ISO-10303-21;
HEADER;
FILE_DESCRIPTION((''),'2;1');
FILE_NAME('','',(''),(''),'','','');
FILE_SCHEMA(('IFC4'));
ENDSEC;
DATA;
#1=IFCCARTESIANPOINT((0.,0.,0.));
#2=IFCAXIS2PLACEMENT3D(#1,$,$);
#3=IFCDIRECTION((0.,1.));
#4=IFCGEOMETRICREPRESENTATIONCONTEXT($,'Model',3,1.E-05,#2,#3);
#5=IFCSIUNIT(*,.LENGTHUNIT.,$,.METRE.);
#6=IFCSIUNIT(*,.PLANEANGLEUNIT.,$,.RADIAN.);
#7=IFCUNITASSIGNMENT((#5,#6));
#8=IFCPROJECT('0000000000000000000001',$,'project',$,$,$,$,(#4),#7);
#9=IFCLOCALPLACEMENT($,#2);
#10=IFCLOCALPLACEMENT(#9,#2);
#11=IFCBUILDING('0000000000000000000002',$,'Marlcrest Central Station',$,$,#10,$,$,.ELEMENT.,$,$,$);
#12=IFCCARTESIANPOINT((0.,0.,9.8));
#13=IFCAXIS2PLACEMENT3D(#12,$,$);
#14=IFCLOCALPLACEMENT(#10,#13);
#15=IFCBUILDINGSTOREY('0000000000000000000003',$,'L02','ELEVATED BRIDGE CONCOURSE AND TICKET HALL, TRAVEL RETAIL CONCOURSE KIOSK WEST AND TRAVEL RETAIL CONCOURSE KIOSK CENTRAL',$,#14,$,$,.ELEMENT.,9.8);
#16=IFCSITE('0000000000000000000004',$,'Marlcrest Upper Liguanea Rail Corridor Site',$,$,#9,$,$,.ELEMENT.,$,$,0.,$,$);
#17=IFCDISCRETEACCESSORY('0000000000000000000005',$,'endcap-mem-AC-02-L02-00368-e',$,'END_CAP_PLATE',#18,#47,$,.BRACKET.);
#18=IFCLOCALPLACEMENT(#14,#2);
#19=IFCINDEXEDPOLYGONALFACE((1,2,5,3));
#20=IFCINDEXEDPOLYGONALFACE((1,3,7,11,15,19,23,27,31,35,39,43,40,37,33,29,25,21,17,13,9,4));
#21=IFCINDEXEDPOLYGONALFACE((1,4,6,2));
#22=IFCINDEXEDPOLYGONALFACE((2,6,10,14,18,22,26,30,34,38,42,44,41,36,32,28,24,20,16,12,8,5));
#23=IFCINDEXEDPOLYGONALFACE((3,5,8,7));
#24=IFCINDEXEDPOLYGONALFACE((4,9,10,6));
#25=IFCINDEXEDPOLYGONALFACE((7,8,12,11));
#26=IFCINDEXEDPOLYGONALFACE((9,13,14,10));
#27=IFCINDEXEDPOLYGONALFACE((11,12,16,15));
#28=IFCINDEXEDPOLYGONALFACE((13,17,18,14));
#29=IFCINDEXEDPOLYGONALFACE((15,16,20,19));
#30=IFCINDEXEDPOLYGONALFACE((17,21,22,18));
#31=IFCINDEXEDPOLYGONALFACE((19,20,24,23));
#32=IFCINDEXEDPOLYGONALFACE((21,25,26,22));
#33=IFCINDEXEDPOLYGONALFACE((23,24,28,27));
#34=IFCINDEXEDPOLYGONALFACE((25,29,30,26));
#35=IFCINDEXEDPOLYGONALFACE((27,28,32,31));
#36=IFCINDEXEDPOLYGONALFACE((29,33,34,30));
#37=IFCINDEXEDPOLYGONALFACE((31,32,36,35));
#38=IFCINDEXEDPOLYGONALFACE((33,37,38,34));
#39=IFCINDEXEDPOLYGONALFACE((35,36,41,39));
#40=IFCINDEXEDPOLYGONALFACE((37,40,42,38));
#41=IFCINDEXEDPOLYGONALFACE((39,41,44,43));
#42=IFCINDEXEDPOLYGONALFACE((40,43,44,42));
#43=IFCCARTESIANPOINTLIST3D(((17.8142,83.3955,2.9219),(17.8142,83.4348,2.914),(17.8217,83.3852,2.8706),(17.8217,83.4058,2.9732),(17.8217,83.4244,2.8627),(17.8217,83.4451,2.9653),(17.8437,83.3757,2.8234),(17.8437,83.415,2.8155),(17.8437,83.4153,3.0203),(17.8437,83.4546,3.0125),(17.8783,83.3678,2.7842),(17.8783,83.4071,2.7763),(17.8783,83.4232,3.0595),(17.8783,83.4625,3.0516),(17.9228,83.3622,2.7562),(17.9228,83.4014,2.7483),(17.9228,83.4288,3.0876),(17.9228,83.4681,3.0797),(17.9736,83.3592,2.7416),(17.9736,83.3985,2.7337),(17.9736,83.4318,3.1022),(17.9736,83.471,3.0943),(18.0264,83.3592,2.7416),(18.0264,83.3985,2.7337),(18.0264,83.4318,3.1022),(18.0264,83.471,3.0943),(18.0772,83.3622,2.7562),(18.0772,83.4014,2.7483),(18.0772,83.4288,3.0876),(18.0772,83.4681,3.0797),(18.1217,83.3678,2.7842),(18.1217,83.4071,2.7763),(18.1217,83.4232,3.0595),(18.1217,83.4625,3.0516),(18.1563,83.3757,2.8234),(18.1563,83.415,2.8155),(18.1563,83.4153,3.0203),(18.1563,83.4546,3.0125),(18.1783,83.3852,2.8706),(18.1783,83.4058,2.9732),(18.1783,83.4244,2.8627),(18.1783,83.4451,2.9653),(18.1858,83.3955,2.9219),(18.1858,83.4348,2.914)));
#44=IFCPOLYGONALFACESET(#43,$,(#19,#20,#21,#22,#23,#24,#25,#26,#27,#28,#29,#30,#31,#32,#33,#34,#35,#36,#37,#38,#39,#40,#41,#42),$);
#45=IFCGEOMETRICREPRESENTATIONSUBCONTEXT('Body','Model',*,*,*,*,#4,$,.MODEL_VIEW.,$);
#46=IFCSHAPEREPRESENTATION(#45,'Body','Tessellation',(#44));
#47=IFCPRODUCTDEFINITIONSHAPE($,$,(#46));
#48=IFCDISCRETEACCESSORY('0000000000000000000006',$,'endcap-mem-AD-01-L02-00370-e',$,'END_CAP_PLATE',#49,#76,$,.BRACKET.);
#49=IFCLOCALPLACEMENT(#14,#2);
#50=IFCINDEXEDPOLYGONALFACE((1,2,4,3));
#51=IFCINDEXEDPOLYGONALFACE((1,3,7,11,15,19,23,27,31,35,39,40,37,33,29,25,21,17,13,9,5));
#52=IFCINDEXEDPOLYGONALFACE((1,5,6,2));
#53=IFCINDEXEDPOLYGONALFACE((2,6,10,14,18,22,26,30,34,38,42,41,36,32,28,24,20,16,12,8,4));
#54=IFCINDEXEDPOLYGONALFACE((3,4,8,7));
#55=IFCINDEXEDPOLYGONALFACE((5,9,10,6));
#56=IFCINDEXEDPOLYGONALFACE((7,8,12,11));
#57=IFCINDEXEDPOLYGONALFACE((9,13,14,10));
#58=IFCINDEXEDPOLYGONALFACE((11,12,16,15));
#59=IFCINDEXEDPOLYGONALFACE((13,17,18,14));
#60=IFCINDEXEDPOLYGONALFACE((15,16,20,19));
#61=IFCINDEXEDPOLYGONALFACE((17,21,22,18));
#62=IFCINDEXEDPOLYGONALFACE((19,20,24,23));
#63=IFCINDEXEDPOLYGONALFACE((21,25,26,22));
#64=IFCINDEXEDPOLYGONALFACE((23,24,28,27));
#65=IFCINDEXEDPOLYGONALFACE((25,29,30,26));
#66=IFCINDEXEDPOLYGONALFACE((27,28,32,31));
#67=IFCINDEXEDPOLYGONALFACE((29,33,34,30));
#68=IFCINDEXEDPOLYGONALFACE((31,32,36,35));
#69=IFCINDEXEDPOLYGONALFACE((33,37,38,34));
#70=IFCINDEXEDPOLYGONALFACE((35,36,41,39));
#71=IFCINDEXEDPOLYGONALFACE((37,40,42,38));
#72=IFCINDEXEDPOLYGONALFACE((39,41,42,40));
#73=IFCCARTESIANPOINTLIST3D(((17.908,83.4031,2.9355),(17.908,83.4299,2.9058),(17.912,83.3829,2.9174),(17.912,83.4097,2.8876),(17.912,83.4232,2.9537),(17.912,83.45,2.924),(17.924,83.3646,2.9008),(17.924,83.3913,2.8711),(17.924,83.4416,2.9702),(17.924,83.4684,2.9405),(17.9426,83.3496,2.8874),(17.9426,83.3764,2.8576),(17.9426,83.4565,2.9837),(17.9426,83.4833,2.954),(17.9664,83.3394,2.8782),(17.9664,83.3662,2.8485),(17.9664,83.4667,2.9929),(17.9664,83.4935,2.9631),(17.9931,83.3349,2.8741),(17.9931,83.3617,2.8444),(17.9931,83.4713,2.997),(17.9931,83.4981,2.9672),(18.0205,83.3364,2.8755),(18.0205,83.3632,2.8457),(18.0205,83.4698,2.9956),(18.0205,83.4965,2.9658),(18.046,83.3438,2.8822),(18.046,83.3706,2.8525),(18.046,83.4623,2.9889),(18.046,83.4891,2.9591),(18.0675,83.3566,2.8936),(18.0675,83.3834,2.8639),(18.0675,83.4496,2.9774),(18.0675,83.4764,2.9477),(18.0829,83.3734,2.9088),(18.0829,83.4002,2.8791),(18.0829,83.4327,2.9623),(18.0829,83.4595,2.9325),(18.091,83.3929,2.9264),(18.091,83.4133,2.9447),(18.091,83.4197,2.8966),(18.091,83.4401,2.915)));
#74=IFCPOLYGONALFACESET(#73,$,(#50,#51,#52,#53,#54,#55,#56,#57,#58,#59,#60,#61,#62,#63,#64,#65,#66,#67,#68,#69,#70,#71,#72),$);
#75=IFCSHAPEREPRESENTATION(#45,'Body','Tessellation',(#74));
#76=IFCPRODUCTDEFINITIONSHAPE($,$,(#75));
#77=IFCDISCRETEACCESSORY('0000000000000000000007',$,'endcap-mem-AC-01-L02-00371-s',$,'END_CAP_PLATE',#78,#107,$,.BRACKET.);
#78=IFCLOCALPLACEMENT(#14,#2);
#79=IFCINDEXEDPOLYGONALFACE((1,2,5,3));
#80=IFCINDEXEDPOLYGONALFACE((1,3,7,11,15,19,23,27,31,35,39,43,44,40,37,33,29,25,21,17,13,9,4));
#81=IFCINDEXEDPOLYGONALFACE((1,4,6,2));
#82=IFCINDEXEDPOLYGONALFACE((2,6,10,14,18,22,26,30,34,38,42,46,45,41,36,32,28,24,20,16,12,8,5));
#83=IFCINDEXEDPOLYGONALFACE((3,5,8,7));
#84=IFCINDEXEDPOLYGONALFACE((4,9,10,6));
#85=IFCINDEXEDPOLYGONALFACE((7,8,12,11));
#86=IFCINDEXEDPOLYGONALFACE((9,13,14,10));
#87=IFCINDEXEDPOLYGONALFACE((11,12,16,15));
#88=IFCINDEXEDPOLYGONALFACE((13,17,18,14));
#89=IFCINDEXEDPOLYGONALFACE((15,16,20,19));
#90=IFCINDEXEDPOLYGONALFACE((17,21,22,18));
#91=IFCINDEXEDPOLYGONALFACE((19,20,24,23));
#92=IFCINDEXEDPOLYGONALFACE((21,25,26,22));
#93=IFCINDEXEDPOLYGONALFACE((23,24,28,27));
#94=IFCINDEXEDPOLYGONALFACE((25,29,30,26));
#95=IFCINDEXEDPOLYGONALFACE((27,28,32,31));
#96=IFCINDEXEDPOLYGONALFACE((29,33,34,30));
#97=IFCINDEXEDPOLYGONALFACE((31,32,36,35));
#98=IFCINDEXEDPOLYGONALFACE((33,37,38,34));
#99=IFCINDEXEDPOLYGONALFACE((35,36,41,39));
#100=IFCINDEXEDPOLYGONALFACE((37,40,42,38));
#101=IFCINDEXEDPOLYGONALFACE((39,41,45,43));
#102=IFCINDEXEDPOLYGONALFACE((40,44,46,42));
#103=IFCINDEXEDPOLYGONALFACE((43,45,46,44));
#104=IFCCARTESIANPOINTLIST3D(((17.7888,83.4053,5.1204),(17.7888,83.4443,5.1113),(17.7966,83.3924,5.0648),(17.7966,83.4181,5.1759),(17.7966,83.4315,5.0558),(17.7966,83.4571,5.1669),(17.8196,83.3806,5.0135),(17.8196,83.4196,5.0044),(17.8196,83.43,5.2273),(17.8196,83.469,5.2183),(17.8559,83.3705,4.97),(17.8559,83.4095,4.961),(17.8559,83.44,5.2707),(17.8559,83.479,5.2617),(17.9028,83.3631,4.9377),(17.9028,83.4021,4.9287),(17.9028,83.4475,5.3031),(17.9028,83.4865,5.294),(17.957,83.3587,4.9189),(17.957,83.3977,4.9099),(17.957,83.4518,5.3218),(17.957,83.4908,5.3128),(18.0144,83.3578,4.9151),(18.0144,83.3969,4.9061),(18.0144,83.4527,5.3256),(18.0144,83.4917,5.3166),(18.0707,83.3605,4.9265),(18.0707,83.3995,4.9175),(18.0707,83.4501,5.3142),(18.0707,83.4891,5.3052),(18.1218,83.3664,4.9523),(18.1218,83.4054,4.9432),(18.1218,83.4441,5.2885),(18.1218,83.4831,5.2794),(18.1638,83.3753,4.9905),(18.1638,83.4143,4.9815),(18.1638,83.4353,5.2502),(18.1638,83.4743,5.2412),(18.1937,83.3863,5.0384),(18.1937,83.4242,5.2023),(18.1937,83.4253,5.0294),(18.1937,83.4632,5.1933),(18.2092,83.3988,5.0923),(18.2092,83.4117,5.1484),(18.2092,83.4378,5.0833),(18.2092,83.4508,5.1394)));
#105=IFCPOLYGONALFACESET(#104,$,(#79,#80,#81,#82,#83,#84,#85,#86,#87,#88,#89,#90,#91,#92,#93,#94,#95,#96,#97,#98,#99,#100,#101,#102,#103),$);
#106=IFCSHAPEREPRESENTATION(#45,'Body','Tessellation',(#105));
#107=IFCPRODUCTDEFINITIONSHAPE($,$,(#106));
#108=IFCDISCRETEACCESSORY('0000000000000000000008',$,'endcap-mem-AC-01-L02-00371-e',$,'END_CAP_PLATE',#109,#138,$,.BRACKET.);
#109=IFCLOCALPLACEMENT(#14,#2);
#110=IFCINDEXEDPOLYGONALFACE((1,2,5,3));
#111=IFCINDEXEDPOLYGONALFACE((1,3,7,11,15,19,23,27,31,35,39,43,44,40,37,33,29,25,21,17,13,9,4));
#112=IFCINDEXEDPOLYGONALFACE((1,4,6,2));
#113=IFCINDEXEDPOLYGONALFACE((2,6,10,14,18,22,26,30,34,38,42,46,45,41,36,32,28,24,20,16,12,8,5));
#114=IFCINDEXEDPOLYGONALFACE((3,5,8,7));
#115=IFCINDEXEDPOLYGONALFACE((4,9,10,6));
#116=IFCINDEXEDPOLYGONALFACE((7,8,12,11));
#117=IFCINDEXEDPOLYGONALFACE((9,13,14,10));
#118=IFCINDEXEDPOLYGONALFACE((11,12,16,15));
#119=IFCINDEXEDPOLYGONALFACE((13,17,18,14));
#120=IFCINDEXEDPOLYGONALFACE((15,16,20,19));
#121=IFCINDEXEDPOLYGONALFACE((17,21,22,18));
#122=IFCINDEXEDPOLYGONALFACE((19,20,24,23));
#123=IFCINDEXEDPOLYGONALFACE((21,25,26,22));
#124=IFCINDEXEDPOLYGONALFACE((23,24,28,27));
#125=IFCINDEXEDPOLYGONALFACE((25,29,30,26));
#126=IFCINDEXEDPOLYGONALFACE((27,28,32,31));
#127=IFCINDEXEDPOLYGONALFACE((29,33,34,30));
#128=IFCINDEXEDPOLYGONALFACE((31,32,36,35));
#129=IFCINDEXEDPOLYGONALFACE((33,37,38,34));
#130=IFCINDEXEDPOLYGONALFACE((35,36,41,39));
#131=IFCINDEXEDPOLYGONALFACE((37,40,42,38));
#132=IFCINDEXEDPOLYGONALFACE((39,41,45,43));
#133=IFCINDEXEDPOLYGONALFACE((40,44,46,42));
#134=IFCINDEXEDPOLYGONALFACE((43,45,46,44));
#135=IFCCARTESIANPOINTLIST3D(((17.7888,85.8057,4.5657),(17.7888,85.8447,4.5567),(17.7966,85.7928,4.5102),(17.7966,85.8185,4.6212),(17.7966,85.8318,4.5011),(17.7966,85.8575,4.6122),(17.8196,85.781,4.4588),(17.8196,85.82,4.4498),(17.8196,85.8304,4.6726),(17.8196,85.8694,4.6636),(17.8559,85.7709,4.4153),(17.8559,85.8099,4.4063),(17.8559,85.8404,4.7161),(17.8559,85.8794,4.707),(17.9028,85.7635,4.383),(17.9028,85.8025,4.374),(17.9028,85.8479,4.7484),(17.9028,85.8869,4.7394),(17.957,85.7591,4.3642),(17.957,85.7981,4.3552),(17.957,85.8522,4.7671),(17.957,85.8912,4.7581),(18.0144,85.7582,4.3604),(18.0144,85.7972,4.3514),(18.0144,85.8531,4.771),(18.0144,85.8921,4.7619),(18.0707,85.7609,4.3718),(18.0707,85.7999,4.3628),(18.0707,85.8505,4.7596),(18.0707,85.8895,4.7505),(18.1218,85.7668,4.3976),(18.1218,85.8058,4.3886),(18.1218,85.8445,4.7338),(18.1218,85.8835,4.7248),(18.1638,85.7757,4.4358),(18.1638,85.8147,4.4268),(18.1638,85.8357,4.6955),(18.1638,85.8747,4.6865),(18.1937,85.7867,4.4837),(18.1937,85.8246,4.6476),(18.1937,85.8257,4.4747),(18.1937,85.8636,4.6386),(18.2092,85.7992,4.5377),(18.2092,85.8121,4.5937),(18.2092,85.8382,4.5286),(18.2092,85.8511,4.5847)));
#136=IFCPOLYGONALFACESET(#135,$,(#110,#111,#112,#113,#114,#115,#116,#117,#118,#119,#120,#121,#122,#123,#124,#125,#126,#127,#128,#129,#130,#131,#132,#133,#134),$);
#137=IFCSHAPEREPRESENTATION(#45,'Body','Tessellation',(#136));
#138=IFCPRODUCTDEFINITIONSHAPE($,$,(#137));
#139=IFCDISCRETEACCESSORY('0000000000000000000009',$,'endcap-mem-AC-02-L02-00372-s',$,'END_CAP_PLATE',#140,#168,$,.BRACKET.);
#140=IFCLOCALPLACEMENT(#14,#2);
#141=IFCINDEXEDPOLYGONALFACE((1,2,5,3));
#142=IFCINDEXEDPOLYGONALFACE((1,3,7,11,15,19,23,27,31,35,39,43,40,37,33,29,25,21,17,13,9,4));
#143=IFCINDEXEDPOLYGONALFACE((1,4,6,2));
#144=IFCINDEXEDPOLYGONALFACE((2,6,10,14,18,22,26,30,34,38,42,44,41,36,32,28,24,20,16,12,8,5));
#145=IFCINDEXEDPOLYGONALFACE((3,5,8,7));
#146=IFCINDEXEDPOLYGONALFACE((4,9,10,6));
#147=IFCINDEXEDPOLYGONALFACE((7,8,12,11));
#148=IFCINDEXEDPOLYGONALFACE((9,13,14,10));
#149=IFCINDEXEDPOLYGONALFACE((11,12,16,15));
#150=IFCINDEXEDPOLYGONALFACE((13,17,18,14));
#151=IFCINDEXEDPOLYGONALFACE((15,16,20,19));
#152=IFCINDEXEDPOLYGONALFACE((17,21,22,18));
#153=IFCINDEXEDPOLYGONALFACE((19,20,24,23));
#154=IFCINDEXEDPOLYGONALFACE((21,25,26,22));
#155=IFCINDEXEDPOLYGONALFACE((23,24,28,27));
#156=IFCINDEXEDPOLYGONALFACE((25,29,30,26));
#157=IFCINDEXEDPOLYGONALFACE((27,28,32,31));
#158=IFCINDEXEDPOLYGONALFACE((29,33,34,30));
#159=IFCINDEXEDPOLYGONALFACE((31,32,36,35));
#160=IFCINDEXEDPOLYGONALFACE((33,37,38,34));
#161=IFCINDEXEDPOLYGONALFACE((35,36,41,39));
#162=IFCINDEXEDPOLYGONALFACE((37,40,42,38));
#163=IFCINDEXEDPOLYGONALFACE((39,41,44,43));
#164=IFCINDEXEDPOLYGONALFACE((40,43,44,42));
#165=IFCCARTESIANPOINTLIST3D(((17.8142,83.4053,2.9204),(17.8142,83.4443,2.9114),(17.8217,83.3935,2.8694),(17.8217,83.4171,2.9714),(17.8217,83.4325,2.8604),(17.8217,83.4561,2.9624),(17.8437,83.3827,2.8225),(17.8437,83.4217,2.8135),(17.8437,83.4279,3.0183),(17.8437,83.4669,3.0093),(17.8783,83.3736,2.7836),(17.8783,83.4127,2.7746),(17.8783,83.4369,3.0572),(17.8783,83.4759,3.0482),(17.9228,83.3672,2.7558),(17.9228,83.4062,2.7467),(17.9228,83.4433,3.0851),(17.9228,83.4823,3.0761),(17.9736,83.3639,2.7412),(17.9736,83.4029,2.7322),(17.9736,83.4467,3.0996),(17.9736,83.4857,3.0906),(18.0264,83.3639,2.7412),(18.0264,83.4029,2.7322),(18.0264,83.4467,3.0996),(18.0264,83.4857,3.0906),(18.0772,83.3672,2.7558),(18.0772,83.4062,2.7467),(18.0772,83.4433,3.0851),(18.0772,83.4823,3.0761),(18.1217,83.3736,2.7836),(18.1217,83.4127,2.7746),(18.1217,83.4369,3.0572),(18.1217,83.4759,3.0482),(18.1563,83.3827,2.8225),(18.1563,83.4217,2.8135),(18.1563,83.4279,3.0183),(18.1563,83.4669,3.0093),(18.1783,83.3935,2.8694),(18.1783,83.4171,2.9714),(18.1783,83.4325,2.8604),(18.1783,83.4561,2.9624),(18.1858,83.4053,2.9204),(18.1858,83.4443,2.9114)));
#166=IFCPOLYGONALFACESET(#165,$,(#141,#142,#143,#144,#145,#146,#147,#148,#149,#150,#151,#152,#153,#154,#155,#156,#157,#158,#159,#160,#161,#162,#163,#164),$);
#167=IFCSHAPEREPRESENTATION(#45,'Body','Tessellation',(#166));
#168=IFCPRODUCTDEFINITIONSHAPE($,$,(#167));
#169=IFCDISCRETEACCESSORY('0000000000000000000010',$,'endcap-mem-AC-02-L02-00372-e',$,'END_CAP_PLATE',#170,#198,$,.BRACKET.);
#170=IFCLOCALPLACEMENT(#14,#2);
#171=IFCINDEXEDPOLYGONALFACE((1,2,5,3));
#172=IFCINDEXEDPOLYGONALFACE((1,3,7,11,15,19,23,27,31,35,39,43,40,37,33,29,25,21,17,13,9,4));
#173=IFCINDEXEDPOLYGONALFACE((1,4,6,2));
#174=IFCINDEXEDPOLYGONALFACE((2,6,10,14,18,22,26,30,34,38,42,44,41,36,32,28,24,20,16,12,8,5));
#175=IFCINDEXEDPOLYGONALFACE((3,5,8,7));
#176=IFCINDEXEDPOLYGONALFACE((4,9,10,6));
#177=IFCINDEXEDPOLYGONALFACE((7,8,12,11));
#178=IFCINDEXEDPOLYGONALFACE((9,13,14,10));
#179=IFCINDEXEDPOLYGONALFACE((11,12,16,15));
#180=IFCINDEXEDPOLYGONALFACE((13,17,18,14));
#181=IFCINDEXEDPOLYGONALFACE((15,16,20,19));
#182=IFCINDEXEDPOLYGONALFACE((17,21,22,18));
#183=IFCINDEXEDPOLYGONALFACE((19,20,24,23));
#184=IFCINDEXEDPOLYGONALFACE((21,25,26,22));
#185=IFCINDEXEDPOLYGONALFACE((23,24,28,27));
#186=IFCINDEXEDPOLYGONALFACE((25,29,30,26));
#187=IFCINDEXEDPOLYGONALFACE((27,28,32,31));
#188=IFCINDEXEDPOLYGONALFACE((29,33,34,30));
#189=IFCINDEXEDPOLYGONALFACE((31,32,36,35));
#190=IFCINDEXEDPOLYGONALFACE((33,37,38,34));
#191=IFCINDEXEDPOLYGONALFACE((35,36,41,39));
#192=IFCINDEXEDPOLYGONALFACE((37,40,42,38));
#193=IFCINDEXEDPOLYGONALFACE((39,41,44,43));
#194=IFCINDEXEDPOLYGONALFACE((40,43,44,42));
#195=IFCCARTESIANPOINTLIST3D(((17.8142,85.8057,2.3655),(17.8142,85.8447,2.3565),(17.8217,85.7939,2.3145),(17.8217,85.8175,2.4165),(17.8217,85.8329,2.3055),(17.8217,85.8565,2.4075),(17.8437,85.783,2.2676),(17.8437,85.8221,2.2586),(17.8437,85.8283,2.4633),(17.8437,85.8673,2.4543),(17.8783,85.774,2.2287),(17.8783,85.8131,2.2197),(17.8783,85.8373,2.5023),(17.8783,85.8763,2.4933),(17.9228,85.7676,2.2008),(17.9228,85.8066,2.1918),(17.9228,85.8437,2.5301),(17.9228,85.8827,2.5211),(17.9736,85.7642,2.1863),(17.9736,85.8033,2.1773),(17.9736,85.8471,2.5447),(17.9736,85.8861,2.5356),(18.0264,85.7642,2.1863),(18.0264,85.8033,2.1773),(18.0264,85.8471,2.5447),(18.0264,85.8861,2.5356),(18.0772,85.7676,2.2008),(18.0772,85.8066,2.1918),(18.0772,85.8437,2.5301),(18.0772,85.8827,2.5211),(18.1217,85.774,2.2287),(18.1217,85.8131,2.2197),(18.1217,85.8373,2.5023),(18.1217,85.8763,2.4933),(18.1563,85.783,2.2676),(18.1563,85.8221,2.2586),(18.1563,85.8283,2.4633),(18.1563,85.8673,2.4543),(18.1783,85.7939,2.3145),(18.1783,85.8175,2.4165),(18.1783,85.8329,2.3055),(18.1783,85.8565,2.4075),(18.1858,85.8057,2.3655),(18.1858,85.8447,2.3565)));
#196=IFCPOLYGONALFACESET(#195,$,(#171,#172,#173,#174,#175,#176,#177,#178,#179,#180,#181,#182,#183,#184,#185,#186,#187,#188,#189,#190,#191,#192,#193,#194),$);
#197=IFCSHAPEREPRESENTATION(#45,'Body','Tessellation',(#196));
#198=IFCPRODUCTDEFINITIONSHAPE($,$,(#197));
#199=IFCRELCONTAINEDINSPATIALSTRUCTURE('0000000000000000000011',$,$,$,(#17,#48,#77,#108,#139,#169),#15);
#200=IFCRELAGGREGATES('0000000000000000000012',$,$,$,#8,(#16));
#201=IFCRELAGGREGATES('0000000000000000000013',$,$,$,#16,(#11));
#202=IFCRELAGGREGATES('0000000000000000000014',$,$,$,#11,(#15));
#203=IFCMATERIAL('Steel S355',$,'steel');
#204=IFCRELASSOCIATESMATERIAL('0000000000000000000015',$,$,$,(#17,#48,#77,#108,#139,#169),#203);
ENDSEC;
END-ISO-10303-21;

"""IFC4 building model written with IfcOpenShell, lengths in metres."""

from ifc_helpers import new_model, si_unit, direction, frame, origin, origin_2d, place, context, subcontext, project, spatial, circle, extrude, material, element, save


model = new_model("IFC4")

# Units and contexts
model_context = context("Model", 3, precision=1e-05, world=origin(), true_north=direction((0.0, 1.0)))
body_context = subcontext(model_context, "Body", "Model", "MODEL_VIEW")
ifc_project = project(units=[si_unit("LENGTHUNIT", "METRE"), si_unit("PLANEANGLEUNIT", "RADIAN")], contexts=[model_context])

# Site, building, storey
site_placement = place(None, origin())
site = spatial("IfcSite", under=ifc_project, at=site_placement, Name="Marlcrest Upper Liguanea Rail Corridor Site", CompositionType="ELEMENT", RefElevation=0.0)
building_placement = place(site_placement, origin())
building = spatial("IfcBuilding", under=site, at=building_placement, Name="Marlcrest Central Station", CompositionType="ELEMENT")
storey_placement = place(building_placement, frame((0.0, 0.0, 9.8)))
storey = spatial("IfcBuildingStorey", under=building, at=storey_placement, Name="L02", Description="ELEVATED BRIDGE CONCOURSE AND TICKET HALL, TRAVEL RETAIL CONCOURSE KIOSK WEST AND TRAVEL RETAIL CONCOURSE KIOSK CENTRAL", CompositionType="ELEMENT", Elevation=9.8)

# Shared definitions
ifc_material = material(Name="Steel S355", Category="steel")

# Discrete accessories
discrete_accessory_1_placement = place(storey_placement, frame((18.0, 83.3955, 2.9219), z_axis=(0.0, 0.980359, -0.197219), x_axis=(-1.0, 0.0, 0.0)))
element("IfcDiscreteAccessory", 1, at=discrete_accessory_1_placement, inside=storey, material=ifc_material, Name="endcap-mem-AC-02-L02-00368-e", ObjectType="END_CAP_PLATE", PredefinedType="BRACKET", context=body_context, shape_type="SweptSolid", body=[
    extrude(circle(Radius=0.1858, at=origin_2d()), origin(), (0.0, 0.0, 1.0), 0.04),
])
discrete_accessory_2_placement = place(storey_placement, frame((18.0, 83.4031, 2.9355), z_axis=(0.0, 0.669244, -0.743042), x_axis=(-1.0, 0.0, 0.0)))
element("IfcDiscreteAccessory", 2, at=discrete_accessory_2_placement, inside=storey, material=ifc_material, Name="endcap-mem-AD-01-L02-00370-e", ObjectType="END_CAP_PLATE", PredefinedType="BRACKET", context=body_context, shape_type="SweptSolid", body=[
    extrude(circle(Radius=0.092, at=origin_2d()), origin(), (0.0, 0.0, 1.0), 0.04),
])
for number, where, z_axis, x_axis, name in (
    (3, (18.0, 83.4053, 5.1204), (0.0, 0.97433, -0.225126), (-1.0, 0.0, 0.0), "endcap-mem-AC-01-L02-00371-s"),
    (4, (18.0, 85.8057, 4.5657), (0.0, 0.97433, -0.225126), (-1.0, 0.0, 0.0), "endcap-mem-AC-01-L02-00371-e"),
):
    element("IfcDiscreteAccessory", number, at=place(storey_placement, frame(where, z_axis=z_axis, x_axis=x_axis)), inside=storey, material=ifc_material, Name=name, ObjectType="END_CAP_PLATE", PredefinedType="BRACKET", context=body_context, shape_type="SweptSolid", body=[
        extrude(circle(Radius=0.2112, at=origin_2d()), origin(), (0.0, 0.0, 1.0), 0.04),
    ])
for number, where, z_axis, x_axis, name in (
    (5, (18.0, 83.4053, 2.9204), (0.0, 0.974308, -0.22522), (-1.0, 0.0, 0.0), "endcap-mem-AC-02-L02-00372-s"),
    (6, (18.0, 85.8057, 2.3655), (0.0, 0.974308, -0.22522), (-1.0, 0.0, 0.0), "endcap-mem-AC-02-L02-00372-e"),
):
    element("IfcDiscreteAccessory", number, at=place(storey_placement, frame(where, z_axis=z_axis, x_axis=x_axis)), inside=storey, material=ifc_material, Name=name, ObjectType="END_CAP_PLATE", PredefinedType="BRACKET", context=body_context, shape_type="SweptSolid", body=[
        extrude(circle(Radius=0.1858, at=origin_2d()), origin(), (0.0, 0.0, 1.0), 0.04),
    ])

save(model, "model.ifc")
